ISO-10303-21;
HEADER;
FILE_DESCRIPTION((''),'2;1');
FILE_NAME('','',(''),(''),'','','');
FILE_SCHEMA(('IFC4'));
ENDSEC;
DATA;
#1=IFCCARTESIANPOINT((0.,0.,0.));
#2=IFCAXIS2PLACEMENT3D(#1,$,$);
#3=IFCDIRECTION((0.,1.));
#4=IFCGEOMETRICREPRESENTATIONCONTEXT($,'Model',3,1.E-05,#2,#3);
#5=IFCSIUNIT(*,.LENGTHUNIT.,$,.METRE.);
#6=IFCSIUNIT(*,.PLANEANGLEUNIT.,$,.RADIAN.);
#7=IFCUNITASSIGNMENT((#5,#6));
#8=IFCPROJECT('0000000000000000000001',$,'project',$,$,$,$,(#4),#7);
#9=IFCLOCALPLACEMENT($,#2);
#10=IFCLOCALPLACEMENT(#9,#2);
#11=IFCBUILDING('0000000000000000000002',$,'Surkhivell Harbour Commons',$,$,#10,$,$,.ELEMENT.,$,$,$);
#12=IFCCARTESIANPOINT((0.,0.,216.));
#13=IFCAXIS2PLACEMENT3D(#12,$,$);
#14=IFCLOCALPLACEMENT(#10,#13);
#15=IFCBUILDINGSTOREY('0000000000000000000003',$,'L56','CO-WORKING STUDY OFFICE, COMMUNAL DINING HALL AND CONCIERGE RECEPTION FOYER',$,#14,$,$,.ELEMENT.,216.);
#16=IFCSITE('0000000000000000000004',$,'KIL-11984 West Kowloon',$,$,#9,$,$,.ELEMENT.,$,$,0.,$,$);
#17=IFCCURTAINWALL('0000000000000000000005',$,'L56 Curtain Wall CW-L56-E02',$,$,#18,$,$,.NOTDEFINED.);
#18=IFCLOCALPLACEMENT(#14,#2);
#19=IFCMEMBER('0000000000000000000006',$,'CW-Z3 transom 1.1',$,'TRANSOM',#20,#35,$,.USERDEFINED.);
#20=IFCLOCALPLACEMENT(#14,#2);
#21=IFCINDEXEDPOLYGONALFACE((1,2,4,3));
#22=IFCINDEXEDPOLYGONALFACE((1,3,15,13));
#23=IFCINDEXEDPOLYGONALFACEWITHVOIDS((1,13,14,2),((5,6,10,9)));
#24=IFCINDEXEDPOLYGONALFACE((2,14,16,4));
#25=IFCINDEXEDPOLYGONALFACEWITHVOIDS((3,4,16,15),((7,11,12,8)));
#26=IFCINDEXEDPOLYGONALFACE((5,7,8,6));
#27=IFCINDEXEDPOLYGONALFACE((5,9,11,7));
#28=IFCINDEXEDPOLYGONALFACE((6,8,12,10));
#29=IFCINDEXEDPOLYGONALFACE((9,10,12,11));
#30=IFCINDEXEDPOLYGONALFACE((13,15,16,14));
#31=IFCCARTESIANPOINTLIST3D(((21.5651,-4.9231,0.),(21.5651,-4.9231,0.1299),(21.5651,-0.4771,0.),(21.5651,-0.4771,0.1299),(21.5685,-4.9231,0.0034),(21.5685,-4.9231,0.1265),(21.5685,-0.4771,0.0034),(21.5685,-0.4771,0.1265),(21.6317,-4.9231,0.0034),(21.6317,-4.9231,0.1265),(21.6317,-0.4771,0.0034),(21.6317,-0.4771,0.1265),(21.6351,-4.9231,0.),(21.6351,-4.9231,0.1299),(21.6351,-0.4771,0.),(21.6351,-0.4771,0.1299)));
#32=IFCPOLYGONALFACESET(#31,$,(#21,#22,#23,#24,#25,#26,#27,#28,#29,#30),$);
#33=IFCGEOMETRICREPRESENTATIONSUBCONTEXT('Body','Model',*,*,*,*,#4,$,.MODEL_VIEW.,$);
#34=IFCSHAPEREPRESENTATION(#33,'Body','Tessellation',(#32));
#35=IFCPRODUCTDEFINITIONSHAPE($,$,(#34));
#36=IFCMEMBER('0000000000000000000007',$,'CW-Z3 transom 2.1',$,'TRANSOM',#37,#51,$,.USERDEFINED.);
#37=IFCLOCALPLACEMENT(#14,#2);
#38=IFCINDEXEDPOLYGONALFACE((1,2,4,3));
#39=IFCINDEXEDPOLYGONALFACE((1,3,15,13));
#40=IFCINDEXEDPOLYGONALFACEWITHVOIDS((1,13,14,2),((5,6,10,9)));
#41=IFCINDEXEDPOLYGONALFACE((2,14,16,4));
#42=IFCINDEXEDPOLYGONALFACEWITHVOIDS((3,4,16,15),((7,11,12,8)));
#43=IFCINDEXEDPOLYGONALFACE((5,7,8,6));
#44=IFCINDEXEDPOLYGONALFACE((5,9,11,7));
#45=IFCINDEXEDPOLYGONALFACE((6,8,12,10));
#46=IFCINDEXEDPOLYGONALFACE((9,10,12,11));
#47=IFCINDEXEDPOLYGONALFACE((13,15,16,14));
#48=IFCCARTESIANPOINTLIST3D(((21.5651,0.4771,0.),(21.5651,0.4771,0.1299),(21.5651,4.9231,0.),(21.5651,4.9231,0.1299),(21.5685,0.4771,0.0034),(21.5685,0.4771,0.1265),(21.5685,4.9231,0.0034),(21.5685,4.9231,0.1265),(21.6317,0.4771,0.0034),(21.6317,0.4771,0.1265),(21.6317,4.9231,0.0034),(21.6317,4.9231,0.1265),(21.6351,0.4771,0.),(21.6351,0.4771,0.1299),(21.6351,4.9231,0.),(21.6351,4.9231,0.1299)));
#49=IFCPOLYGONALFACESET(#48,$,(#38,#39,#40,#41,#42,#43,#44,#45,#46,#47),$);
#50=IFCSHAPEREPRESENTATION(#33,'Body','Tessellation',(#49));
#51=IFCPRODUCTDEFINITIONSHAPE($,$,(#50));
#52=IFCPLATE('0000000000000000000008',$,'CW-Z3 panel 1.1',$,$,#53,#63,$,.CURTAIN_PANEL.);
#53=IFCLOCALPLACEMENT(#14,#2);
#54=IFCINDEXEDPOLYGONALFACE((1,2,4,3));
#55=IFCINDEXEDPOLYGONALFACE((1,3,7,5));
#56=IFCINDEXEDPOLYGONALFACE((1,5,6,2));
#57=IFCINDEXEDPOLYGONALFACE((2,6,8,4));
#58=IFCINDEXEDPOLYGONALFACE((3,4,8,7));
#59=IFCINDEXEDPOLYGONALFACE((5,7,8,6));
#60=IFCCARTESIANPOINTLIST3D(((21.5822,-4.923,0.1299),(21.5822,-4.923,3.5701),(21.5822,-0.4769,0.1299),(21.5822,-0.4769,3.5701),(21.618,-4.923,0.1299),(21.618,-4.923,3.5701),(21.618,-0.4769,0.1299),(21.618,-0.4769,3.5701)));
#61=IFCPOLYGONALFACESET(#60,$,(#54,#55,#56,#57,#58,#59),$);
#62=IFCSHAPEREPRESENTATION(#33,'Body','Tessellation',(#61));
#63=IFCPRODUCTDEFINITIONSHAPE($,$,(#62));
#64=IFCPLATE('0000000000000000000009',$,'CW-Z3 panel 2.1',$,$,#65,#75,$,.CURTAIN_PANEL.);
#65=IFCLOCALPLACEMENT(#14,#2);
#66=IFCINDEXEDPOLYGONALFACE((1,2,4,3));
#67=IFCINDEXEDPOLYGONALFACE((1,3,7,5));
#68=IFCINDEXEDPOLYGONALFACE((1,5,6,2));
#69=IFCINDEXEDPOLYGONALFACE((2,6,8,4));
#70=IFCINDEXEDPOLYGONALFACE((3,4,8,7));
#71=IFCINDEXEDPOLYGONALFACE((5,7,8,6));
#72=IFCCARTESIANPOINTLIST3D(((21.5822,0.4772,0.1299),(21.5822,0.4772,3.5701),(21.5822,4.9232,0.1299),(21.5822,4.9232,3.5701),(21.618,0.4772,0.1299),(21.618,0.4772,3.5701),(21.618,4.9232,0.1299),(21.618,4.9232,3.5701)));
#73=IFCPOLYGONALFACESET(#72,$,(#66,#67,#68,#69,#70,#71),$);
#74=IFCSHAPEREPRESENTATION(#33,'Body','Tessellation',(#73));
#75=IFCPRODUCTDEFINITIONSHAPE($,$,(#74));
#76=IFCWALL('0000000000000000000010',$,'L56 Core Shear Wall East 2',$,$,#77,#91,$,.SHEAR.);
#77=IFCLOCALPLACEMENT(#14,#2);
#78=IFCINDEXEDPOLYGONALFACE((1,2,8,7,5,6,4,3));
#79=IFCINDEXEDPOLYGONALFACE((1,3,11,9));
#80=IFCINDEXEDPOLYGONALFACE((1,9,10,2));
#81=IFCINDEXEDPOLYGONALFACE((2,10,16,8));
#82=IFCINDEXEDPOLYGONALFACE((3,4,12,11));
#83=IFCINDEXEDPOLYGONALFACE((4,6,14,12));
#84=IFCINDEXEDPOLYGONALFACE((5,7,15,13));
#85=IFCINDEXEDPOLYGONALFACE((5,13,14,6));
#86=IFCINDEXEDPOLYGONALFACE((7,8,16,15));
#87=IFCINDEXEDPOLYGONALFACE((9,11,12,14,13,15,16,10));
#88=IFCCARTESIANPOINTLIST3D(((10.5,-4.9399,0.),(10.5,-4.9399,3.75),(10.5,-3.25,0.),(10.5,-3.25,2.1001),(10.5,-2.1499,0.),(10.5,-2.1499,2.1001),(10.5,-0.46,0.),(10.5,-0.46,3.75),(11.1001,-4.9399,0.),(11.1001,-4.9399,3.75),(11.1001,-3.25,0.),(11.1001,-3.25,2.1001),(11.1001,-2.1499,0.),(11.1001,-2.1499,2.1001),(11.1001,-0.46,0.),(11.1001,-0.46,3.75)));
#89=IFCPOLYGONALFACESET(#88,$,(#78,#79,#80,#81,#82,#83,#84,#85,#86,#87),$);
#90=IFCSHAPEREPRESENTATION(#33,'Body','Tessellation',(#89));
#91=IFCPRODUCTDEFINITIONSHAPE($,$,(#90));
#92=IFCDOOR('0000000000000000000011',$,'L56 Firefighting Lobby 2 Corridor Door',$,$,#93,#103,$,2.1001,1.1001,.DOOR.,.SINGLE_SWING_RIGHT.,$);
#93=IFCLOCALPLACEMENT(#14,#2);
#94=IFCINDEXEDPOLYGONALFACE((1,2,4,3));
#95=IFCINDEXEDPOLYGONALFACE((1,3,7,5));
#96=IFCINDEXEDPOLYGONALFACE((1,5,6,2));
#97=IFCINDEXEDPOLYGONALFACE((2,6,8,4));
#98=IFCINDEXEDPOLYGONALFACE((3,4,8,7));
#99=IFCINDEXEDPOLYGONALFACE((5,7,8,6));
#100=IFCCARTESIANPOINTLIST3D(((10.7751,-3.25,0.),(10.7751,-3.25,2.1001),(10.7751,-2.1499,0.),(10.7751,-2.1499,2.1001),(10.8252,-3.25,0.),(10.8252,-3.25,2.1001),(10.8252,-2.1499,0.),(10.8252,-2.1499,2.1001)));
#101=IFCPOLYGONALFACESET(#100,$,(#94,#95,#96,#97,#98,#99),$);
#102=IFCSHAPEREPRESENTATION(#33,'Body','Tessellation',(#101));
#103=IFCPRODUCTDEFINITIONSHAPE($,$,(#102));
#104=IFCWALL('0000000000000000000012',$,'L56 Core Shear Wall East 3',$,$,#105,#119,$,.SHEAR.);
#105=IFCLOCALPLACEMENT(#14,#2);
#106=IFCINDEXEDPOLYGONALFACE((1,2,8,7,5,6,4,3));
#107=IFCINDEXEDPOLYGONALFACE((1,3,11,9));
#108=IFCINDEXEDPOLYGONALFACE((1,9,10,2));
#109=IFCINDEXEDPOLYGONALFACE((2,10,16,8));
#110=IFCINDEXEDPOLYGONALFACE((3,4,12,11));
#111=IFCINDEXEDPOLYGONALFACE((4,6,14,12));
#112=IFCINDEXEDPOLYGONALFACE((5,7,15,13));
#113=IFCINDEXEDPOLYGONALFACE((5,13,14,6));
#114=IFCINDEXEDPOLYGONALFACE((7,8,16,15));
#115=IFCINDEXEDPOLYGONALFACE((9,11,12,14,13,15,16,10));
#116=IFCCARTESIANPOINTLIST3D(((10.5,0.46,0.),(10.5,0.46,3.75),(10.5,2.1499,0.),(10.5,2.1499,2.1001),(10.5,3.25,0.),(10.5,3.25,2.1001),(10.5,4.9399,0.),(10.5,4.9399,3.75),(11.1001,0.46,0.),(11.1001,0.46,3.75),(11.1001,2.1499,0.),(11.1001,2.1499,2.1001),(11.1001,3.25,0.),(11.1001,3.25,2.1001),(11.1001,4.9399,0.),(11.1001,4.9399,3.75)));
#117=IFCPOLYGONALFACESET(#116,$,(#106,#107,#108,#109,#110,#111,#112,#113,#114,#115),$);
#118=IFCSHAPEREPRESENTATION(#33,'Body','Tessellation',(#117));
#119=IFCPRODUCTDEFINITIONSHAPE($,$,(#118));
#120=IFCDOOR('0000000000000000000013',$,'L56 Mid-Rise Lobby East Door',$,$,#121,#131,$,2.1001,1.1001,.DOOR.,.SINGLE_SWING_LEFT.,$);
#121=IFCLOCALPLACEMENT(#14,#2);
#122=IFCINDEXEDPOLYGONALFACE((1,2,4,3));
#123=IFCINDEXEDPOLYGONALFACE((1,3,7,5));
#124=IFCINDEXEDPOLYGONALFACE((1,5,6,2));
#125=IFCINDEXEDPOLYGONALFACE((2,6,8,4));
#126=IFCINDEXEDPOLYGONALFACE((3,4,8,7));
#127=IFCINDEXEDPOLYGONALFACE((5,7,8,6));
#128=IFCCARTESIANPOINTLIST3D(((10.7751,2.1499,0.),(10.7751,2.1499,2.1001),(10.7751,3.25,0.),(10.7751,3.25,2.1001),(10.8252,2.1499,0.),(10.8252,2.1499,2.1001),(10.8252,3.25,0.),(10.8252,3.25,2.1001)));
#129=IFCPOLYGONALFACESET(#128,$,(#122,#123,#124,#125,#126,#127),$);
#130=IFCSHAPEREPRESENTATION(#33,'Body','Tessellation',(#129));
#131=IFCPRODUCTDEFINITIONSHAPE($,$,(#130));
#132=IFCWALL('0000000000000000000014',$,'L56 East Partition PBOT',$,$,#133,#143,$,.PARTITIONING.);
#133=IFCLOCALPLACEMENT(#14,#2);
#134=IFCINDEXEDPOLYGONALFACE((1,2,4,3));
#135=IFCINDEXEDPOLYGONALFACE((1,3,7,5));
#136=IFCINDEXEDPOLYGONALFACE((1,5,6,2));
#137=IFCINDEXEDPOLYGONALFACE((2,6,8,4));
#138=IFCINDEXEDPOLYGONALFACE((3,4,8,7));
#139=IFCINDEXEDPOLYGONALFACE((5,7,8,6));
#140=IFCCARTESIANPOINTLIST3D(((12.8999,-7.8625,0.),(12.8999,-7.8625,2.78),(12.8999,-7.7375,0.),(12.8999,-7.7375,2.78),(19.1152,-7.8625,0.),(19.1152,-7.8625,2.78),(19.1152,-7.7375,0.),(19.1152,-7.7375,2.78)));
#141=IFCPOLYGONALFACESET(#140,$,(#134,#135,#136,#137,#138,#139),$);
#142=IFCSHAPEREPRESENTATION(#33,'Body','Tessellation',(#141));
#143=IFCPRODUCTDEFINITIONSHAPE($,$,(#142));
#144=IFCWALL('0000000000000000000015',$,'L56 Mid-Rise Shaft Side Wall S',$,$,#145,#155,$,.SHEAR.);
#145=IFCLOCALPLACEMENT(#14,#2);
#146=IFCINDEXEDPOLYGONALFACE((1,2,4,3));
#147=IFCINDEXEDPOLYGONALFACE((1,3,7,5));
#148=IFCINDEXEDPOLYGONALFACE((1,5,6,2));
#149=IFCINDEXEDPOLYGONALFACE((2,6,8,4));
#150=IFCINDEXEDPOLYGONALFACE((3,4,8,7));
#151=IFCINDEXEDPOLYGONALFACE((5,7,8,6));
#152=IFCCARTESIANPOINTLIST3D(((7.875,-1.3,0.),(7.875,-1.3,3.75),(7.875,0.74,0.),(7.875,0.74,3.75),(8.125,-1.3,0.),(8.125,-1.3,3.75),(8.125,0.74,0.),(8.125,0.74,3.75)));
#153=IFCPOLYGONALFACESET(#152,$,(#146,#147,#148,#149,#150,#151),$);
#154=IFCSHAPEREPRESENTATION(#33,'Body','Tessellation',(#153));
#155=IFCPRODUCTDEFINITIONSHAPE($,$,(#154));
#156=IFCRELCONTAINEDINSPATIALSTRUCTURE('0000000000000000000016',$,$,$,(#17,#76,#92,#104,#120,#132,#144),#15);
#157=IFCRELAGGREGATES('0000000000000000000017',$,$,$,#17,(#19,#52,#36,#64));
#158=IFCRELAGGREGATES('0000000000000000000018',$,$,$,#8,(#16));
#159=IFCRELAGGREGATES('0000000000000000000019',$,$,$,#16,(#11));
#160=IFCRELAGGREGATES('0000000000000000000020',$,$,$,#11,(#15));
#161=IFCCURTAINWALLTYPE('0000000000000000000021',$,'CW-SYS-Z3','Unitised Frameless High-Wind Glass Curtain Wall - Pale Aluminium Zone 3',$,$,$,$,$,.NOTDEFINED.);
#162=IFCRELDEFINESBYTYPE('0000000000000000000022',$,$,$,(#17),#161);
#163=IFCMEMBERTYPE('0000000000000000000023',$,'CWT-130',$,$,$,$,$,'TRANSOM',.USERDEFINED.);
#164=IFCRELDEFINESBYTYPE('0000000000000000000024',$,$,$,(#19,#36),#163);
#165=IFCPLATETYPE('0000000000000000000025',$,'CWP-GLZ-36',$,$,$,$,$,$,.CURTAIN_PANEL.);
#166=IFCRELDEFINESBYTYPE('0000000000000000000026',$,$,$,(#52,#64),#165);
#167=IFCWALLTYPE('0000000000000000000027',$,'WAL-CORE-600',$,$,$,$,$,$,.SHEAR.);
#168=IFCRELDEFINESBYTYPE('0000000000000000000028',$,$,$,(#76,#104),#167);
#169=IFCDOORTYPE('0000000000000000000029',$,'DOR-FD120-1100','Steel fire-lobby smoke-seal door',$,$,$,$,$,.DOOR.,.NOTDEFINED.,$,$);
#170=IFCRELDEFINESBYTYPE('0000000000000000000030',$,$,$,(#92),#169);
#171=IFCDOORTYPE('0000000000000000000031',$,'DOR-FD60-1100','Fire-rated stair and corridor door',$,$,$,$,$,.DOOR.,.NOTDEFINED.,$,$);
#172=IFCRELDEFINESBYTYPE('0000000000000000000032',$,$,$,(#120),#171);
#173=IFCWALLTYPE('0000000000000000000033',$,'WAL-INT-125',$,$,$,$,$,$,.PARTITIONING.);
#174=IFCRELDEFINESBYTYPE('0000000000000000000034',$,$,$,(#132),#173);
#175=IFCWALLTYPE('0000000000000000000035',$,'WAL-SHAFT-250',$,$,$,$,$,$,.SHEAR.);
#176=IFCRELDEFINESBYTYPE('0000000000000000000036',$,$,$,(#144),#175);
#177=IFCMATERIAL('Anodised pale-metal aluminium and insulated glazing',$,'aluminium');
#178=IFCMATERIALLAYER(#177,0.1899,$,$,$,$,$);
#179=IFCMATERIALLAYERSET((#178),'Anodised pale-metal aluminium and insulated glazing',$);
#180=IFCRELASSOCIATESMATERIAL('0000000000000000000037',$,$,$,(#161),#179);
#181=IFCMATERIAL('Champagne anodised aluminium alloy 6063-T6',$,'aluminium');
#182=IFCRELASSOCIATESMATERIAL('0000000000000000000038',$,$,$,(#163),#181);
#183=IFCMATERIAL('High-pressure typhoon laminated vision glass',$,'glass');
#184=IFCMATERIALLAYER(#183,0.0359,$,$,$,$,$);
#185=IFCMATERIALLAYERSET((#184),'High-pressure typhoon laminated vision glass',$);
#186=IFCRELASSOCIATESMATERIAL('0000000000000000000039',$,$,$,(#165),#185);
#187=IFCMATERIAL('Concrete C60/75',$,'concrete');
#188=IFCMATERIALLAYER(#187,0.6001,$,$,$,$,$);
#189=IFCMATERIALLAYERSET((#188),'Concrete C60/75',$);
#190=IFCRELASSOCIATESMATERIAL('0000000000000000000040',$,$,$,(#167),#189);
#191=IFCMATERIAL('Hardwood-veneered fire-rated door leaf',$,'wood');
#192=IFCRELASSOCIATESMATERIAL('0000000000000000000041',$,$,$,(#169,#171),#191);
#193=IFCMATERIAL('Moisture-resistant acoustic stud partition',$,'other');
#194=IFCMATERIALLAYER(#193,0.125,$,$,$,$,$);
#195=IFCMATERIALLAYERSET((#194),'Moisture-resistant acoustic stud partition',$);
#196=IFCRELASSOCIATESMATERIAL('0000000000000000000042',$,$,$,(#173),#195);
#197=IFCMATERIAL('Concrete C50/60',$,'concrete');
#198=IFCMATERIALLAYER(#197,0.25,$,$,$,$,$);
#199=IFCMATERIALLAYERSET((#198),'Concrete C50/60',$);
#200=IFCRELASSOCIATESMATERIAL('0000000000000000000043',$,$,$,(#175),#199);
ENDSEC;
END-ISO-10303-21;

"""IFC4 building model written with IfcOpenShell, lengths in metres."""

from ifc_helpers import new_model, si_unit, direction, frame, frame_2d, origin, origin_2d, place, context, subcontext, project, spatial, rectangle, hollow_rectangle, extrude, material, layer, layer_set, material_profile, profile_set, type_object, element, fill, aggregate, save


model = new_model("IFC4")

# Units and contexts
model_context = context("Model", 3, precision=1e-05, world=origin(), true_north=direction((0.0, 1.0)))
body_context = subcontext(model_context, "Body", "Model", "MODEL_VIEW")
ifc_project = project(units=[si_unit("LENGTHUNIT", "METRE"), si_unit("PLANEANGLEUNIT", "RADIAN")], contexts=[model_context])

# Site, building, storey
site_placement = place(None, origin())
site = spatial("IfcSite", under=ifc_project, at=site_placement, Name="KIL-11984 West Kowloon", CompositionType="ELEMENT", RefElevation=0.0)
building_placement = place(site_placement, origin())
building = spatial("IfcBuilding", under=site, at=building_placement, Name="Surkhivell Harbour Commons", CompositionType="ELEMENT")
storey_placement = place(building_placement, frame((0.0, 0.0, 216.0)))
storey = spatial("IfcBuildingStorey", under=building, at=storey_placement, Name="L56", Description="CO-WORKING STUDY OFFICE, COMMUNAL DINING HALL AND CONCIERGE RECEPTION FOYER", CompositionType="ELEMENT", Elevation=216.0)

# Shared definitions
ifc_material_1 = material(Name="Concrete C60/75", Category="concrete")
ifc_material_2 = material(Name="Concrete C50/60", Category="concrete")

# Shared definitions
ifc_material_3 = material(Name="Anodised pale-metal aluminium and insulated glazing", Category="aluminium")
ifc_layer_1 = layer(ifc_material_3, 0.1899)
ifc_layer_set_1 = layer_set([ifc_layer_1], Name="Anodised pale-metal aluminium and insulated glazing")
curtain_wall_type = type_object("IfcCurtainWallType", Name="CW-SYS-Z3", Description="Unitised Frameless High-Wind Glass Curtain Wall - Pale Aluminium Zone 3", PredefinedType="NOTDEFINED", material=ifc_layer_set_1)

# Curtain wall, members, plates
curtain_wall_1_placement = place(storey_placement, origin())
curtain_wall_1 = element("IfcCurtainWall", 1, at=curtain_wall_1_placement, inside=storey, type_object=curtain_wall_type, Name="L56 Curtain Wall CW-L56-E02", PredefinedType="NOTDEFINED")
ifc_material_4 = material(Name="Champagne anodised aluminium alloy 6063-T6", Category="aluminium")
ifc_material_profile_1 = material_profile(ifc_material_4, hollow_rectangle(XDim=0.0701, YDim=0.1299, WallThickness=0.0034, at=origin_2d()), Name="ALU-TRAN-70x130")
ifc_profile_set_1 = profile_set([ifc_material_profile_1], Name="Champagne anodised aluminium alloy 6063-T6")
member_type_1 = type_object("IfcMemberType", Name="CWT-130", ElementType="TRANSOM", PredefinedType="USERDEFINED", material=ifc_profile_set_1)
member_1_placement = place(storey_placement, frame((21.6001, -4.9231, 0.0649), z_axis=(0.0, 1.0, 0.0), x_axis=(-1.0, 0.0, 0.0)))
member_1 = element("IfcMember", 2, at=member_1_placement, type_object=member_type_1, Name="CW-Z3 transom 1.1", ObjectType="TRANSOM", PredefinedType="USERDEFINED", context=body_context, shape_type="SweptSolid", body=[
    extrude(hollow_rectangle(XDim=0.0701, YDim=0.1299, WallThickness=0.0034, at=origin_2d()), origin(), (0.0, 0.0, 1.0), 4.446),
])
member_2_placement = place(storey_placement, frame((21.6001, 0.4771, 0.0649), z_axis=(0.0, 1.0, 0.0), x_axis=(-1.0, 0.0, 0.0)))
member_2 = element("IfcMember", 3, at=member_2_placement, type_object=member_type_1, Name="CW-Z3 transom 2.1", ObjectType="TRANSOM", PredefinedType="USERDEFINED", context=body_context, shape_type="SweptSolid", body=[
    extrude(hollow_rectangle(XDim=0.0701, YDim=0.1299, WallThickness=0.0034, at=origin_2d()), origin(), (0.0, 0.0, 1.0), 4.446),
])
ifc_material_5 = material(Name="High-pressure typhoon laminated vision glass", Category="glass")
ifc_layer_2 = layer(ifc_material_5, 0.0359)
ifc_layer_set_2 = layer_set([ifc_layer_2], Name="High-pressure typhoon laminated vision glass")
plate_type = type_object("IfcPlateType", Name="CWP-GLZ-36", PredefinedType="CURTAIN_PANEL", material=ifc_layer_set_2)
plate_1_placement = place(storey_placement, frame((21.6001, -4.9231, 0.1299), z_axis=(0.0, 0.0, 1.0), x_axis=(0.0, 1.0, 0.0)))
plate_1 = element("IfcPlate", 4, at=plate_1_placement, type_object=plate_type, Name="CW-Z3 panel 1.1", PredefinedType="CURTAIN_PANEL", context=body_context, shape_type="SweptSolid", body=[
    extrude(rectangle(XDim=4.446, YDim=0.0359, at=frame_2d((2.2231, 0.0))), origin(), (0.0, 0.0, 1.0), 3.4402),
])
plate_2_placement = place(storey_placement, frame((21.6001, 0.4771, 0.1299), z_axis=(0.0, 0.0, 1.0), x_axis=(0.0, 1.0, 0.0)))
plate_2 = element("IfcPlate", 5, at=plate_2_placement, type_object=plate_type, Name="CW-Z3 panel 2.1", PredefinedType="CURTAIN_PANEL", context=body_context, shape_type="SweptSolid", body=[
    extrude(rectangle(XDim=4.446, YDim=0.0359, at=frame_2d((2.2231, 0.0))), origin(), (0.0, 0.0, 1.0), 3.4402),
])
aggregate(curtain_wall_1, [member_1, plate_1, member_2, plate_2])

# Walls, openings, doors
ifc_layer_3 = layer(ifc_material_1, 0.6001)
ifc_layer_set_3 = layer_set([ifc_layer_3], Name="Concrete C60/75")
wall_type_1 = type_object("IfcWallType", Name="WAL-CORE-600", PredefinedType="SHEAR", material=ifc_layer_set_3)
wall_1_placement = place(storey_placement, frame((10.8, -4.9399, 0.0), z_axis=(0.0, 0.0, 1.0), x_axis=(0.0, 1.0, 0.0)))
wall_1 = element("IfcWall", 6, at=wall_1_placement, inside=storey, type_object=wall_type_1, Name="L56 Core Shear Wall East 2", PredefinedType="SHEAR", context=body_context, shape_type="SweptSolid", body=[
    extrude(rectangle(XDim=4.48, YDim=0.6001, at=frame_2d((2.24, 0.0))), origin(), (0.0, 0.0, 1.0), 3.75),
])
opening_1_placement = place(wall_1_placement, frame((1.6899, 0.0, 0.0)))
opening_1 = element("IfcOpeningElement", 7, at=opening_1_placement, cuts=wall_1, PredefinedType="OPENING", context=body_context, shape_type="SweptSolid", body=[
    extrude(rectangle(XDim=1.1001, YDim=2.1001, at=frame_2d((0.55, 1.05))), frame((0.0, 0.3101, 0.0), z_axis=(0.0, -1.0, 0.0), x_axis=(1.0, 0.0, 0.0)), (0.0, 0.0, 1.0), 0.6201),
])
ifc_material_6 = material(Name="Hardwood-veneered fire-rated door leaf", Category="wood")
door_type_1 = type_object("IfcDoorType", Name="DOR-FD120-1100", Description="Steel fire-lobby smoke-seal door", OperationType="NOTDEFINED", PredefinedType="DOOR", material=ifc_material_6)
door_1_placement = place(opening_1_placement, origin())
door_1 = element("IfcDoor", 8, at=door_1_placement, inside=storey, type_object=door_type_1, Name="L56 Firefighting Lobby 2 Corridor Door", OperationType="SINGLE_SWING_RIGHT", OverallHeight=2.1001, OverallWidth=1.1001, PredefinedType="DOOR", context=body_context, shape_type="SweptSolid", body=[
    extrude(rectangle(XDim=1.1001, YDim=2.1001, at=frame_2d((0.55, 1.05))), frame((0.0, 0.0249, 0.0), z_axis=(0.0, -1.0, 0.0), x_axis=(1.0, 0.0, 0.0)), (0.0, 0.0, 1.0), 0.05),
])
fill(opening_1, door_1)
wall_2_placement = place(storey_placement, frame((10.8, 0.46, 0.0), z_axis=(0.0, 0.0, 1.0), x_axis=(0.0, 1.0, 0.0)))
wall_2 = element("IfcWall", 9, at=wall_2_placement, inside=storey, type_object=wall_type_1, Name="L56 Core Shear Wall East 3", PredefinedType="SHEAR", context=body_context, shape_type="SweptSolid", body=[
    extrude(rectangle(XDim=4.48, YDim=0.6001, at=frame_2d((2.24, 0.0))), origin(), (0.0, 0.0, 1.0), 3.75),
])
opening_2_placement = place(wall_2_placement, frame((1.6899, 0.0, 0.0)))
opening_2 = element("IfcOpeningElement", 10, at=opening_2_placement, cuts=wall_2, PredefinedType="OPENING", context=body_context, shape_type="SweptSolid", body=[
    extrude(rectangle(XDim=1.1001, YDim=2.1001, at=frame_2d((0.55, 1.05))), frame((0.0, 0.3101, 0.0), z_axis=(0.0, -1.0, 0.0), x_axis=(1.0, 0.0, 0.0)), (0.0, 0.0, 1.0), 0.6201),
])
door_type_2 = type_object("IfcDoorType", Name="DOR-FD60-1100", Description="Fire-rated stair and corridor door", OperationType="NOTDEFINED", PredefinedType="DOOR", material=ifc_material_6)
door_2_placement = place(opening_2_placement, origin())
door_2 = element("IfcDoor", 11, at=door_2_placement, inside=storey, type_object=door_type_2, Name="L56 Mid-Rise Lobby East Door", OperationType="SINGLE_SWING_LEFT", OverallHeight=2.1001, OverallWidth=1.1001, PredefinedType="DOOR", context=body_context, shape_type="SweptSolid", body=[
    extrude(rectangle(XDim=1.1001, YDim=2.1001, at=frame_2d((0.55, 1.05))), frame((0.0, 0.0249, 0.0), z_axis=(0.0, -1.0, 0.0), x_axis=(1.0, 0.0, 0.0)), (0.0, 0.0, 1.0), 0.05),
])
fill(opening_2, door_2)

# Walls
ifc_material_7 = material(Name="Moisture-resistant acoustic stud partition", Category="other")
ifc_layer_4 = layer(ifc_material_7, 0.125)
ifc_layer_set_4 = layer_set([ifc_layer_4], Name="Moisture-resistant acoustic stud partition")
wall_type_2 = type_object("IfcWallType", Name="WAL-INT-125", PredefinedType="PARTITIONING", material=ifc_layer_set_4)
wall_3_placement = place(storey_placement, frame((12.8999, -7.8, 0.0), z_axis=(0.0, 0.0, 1.0), x_axis=(1.0, 0.0, 0.0)))
element("IfcWall", 12, at=wall_3_placement, inside=storey, type_object=wall_type_2, Name="L56 East Partition PBOT", PredefinedType="PARTITIONING", context=body_context, shape_type="SweptSolid", body=[
    extrude(rectangle(XDim=6.2153, YDim=0.125, at=frame_2d((3.1077, 0.0))), origin(), (0.0, 0.0, 1.0), 2.78),
])
ifc_layer_5 = layer(ifc_material_2, 0.25)
ifc_layer_set_5 = layer_set([ifc_layer_5], Name="Concrete C50/60")
wall_type_3 = type_object("IfcWallType", Name="WAL-SHAFT-250", PredefinedType="SHEAR", material=ifc_layer_set_5)
wall_4_placement = place(storey_placement, frame((8.0, -1.3, 0.0), z_axis=(0.0, 0.0, 1.0), x_axis=(0.0, 1.0, 0.0)))
element("IfcWall", 13, at=wall_4_placement, inside=storey, type_object=wall_type_3, Name="L56 Mid-Rise Shaft Side Wall S", PredefinedType="SHEAR", context=body_context, shape_type="SweptSolid", body=[
    extrude(rectangle(XDim=2.04, YDim=0.25, at=frame_2d((1.02, 0.0))), origin(), (0.0, 0.0, 1.0), 3.75),
])

save(model, "model.ifc")
